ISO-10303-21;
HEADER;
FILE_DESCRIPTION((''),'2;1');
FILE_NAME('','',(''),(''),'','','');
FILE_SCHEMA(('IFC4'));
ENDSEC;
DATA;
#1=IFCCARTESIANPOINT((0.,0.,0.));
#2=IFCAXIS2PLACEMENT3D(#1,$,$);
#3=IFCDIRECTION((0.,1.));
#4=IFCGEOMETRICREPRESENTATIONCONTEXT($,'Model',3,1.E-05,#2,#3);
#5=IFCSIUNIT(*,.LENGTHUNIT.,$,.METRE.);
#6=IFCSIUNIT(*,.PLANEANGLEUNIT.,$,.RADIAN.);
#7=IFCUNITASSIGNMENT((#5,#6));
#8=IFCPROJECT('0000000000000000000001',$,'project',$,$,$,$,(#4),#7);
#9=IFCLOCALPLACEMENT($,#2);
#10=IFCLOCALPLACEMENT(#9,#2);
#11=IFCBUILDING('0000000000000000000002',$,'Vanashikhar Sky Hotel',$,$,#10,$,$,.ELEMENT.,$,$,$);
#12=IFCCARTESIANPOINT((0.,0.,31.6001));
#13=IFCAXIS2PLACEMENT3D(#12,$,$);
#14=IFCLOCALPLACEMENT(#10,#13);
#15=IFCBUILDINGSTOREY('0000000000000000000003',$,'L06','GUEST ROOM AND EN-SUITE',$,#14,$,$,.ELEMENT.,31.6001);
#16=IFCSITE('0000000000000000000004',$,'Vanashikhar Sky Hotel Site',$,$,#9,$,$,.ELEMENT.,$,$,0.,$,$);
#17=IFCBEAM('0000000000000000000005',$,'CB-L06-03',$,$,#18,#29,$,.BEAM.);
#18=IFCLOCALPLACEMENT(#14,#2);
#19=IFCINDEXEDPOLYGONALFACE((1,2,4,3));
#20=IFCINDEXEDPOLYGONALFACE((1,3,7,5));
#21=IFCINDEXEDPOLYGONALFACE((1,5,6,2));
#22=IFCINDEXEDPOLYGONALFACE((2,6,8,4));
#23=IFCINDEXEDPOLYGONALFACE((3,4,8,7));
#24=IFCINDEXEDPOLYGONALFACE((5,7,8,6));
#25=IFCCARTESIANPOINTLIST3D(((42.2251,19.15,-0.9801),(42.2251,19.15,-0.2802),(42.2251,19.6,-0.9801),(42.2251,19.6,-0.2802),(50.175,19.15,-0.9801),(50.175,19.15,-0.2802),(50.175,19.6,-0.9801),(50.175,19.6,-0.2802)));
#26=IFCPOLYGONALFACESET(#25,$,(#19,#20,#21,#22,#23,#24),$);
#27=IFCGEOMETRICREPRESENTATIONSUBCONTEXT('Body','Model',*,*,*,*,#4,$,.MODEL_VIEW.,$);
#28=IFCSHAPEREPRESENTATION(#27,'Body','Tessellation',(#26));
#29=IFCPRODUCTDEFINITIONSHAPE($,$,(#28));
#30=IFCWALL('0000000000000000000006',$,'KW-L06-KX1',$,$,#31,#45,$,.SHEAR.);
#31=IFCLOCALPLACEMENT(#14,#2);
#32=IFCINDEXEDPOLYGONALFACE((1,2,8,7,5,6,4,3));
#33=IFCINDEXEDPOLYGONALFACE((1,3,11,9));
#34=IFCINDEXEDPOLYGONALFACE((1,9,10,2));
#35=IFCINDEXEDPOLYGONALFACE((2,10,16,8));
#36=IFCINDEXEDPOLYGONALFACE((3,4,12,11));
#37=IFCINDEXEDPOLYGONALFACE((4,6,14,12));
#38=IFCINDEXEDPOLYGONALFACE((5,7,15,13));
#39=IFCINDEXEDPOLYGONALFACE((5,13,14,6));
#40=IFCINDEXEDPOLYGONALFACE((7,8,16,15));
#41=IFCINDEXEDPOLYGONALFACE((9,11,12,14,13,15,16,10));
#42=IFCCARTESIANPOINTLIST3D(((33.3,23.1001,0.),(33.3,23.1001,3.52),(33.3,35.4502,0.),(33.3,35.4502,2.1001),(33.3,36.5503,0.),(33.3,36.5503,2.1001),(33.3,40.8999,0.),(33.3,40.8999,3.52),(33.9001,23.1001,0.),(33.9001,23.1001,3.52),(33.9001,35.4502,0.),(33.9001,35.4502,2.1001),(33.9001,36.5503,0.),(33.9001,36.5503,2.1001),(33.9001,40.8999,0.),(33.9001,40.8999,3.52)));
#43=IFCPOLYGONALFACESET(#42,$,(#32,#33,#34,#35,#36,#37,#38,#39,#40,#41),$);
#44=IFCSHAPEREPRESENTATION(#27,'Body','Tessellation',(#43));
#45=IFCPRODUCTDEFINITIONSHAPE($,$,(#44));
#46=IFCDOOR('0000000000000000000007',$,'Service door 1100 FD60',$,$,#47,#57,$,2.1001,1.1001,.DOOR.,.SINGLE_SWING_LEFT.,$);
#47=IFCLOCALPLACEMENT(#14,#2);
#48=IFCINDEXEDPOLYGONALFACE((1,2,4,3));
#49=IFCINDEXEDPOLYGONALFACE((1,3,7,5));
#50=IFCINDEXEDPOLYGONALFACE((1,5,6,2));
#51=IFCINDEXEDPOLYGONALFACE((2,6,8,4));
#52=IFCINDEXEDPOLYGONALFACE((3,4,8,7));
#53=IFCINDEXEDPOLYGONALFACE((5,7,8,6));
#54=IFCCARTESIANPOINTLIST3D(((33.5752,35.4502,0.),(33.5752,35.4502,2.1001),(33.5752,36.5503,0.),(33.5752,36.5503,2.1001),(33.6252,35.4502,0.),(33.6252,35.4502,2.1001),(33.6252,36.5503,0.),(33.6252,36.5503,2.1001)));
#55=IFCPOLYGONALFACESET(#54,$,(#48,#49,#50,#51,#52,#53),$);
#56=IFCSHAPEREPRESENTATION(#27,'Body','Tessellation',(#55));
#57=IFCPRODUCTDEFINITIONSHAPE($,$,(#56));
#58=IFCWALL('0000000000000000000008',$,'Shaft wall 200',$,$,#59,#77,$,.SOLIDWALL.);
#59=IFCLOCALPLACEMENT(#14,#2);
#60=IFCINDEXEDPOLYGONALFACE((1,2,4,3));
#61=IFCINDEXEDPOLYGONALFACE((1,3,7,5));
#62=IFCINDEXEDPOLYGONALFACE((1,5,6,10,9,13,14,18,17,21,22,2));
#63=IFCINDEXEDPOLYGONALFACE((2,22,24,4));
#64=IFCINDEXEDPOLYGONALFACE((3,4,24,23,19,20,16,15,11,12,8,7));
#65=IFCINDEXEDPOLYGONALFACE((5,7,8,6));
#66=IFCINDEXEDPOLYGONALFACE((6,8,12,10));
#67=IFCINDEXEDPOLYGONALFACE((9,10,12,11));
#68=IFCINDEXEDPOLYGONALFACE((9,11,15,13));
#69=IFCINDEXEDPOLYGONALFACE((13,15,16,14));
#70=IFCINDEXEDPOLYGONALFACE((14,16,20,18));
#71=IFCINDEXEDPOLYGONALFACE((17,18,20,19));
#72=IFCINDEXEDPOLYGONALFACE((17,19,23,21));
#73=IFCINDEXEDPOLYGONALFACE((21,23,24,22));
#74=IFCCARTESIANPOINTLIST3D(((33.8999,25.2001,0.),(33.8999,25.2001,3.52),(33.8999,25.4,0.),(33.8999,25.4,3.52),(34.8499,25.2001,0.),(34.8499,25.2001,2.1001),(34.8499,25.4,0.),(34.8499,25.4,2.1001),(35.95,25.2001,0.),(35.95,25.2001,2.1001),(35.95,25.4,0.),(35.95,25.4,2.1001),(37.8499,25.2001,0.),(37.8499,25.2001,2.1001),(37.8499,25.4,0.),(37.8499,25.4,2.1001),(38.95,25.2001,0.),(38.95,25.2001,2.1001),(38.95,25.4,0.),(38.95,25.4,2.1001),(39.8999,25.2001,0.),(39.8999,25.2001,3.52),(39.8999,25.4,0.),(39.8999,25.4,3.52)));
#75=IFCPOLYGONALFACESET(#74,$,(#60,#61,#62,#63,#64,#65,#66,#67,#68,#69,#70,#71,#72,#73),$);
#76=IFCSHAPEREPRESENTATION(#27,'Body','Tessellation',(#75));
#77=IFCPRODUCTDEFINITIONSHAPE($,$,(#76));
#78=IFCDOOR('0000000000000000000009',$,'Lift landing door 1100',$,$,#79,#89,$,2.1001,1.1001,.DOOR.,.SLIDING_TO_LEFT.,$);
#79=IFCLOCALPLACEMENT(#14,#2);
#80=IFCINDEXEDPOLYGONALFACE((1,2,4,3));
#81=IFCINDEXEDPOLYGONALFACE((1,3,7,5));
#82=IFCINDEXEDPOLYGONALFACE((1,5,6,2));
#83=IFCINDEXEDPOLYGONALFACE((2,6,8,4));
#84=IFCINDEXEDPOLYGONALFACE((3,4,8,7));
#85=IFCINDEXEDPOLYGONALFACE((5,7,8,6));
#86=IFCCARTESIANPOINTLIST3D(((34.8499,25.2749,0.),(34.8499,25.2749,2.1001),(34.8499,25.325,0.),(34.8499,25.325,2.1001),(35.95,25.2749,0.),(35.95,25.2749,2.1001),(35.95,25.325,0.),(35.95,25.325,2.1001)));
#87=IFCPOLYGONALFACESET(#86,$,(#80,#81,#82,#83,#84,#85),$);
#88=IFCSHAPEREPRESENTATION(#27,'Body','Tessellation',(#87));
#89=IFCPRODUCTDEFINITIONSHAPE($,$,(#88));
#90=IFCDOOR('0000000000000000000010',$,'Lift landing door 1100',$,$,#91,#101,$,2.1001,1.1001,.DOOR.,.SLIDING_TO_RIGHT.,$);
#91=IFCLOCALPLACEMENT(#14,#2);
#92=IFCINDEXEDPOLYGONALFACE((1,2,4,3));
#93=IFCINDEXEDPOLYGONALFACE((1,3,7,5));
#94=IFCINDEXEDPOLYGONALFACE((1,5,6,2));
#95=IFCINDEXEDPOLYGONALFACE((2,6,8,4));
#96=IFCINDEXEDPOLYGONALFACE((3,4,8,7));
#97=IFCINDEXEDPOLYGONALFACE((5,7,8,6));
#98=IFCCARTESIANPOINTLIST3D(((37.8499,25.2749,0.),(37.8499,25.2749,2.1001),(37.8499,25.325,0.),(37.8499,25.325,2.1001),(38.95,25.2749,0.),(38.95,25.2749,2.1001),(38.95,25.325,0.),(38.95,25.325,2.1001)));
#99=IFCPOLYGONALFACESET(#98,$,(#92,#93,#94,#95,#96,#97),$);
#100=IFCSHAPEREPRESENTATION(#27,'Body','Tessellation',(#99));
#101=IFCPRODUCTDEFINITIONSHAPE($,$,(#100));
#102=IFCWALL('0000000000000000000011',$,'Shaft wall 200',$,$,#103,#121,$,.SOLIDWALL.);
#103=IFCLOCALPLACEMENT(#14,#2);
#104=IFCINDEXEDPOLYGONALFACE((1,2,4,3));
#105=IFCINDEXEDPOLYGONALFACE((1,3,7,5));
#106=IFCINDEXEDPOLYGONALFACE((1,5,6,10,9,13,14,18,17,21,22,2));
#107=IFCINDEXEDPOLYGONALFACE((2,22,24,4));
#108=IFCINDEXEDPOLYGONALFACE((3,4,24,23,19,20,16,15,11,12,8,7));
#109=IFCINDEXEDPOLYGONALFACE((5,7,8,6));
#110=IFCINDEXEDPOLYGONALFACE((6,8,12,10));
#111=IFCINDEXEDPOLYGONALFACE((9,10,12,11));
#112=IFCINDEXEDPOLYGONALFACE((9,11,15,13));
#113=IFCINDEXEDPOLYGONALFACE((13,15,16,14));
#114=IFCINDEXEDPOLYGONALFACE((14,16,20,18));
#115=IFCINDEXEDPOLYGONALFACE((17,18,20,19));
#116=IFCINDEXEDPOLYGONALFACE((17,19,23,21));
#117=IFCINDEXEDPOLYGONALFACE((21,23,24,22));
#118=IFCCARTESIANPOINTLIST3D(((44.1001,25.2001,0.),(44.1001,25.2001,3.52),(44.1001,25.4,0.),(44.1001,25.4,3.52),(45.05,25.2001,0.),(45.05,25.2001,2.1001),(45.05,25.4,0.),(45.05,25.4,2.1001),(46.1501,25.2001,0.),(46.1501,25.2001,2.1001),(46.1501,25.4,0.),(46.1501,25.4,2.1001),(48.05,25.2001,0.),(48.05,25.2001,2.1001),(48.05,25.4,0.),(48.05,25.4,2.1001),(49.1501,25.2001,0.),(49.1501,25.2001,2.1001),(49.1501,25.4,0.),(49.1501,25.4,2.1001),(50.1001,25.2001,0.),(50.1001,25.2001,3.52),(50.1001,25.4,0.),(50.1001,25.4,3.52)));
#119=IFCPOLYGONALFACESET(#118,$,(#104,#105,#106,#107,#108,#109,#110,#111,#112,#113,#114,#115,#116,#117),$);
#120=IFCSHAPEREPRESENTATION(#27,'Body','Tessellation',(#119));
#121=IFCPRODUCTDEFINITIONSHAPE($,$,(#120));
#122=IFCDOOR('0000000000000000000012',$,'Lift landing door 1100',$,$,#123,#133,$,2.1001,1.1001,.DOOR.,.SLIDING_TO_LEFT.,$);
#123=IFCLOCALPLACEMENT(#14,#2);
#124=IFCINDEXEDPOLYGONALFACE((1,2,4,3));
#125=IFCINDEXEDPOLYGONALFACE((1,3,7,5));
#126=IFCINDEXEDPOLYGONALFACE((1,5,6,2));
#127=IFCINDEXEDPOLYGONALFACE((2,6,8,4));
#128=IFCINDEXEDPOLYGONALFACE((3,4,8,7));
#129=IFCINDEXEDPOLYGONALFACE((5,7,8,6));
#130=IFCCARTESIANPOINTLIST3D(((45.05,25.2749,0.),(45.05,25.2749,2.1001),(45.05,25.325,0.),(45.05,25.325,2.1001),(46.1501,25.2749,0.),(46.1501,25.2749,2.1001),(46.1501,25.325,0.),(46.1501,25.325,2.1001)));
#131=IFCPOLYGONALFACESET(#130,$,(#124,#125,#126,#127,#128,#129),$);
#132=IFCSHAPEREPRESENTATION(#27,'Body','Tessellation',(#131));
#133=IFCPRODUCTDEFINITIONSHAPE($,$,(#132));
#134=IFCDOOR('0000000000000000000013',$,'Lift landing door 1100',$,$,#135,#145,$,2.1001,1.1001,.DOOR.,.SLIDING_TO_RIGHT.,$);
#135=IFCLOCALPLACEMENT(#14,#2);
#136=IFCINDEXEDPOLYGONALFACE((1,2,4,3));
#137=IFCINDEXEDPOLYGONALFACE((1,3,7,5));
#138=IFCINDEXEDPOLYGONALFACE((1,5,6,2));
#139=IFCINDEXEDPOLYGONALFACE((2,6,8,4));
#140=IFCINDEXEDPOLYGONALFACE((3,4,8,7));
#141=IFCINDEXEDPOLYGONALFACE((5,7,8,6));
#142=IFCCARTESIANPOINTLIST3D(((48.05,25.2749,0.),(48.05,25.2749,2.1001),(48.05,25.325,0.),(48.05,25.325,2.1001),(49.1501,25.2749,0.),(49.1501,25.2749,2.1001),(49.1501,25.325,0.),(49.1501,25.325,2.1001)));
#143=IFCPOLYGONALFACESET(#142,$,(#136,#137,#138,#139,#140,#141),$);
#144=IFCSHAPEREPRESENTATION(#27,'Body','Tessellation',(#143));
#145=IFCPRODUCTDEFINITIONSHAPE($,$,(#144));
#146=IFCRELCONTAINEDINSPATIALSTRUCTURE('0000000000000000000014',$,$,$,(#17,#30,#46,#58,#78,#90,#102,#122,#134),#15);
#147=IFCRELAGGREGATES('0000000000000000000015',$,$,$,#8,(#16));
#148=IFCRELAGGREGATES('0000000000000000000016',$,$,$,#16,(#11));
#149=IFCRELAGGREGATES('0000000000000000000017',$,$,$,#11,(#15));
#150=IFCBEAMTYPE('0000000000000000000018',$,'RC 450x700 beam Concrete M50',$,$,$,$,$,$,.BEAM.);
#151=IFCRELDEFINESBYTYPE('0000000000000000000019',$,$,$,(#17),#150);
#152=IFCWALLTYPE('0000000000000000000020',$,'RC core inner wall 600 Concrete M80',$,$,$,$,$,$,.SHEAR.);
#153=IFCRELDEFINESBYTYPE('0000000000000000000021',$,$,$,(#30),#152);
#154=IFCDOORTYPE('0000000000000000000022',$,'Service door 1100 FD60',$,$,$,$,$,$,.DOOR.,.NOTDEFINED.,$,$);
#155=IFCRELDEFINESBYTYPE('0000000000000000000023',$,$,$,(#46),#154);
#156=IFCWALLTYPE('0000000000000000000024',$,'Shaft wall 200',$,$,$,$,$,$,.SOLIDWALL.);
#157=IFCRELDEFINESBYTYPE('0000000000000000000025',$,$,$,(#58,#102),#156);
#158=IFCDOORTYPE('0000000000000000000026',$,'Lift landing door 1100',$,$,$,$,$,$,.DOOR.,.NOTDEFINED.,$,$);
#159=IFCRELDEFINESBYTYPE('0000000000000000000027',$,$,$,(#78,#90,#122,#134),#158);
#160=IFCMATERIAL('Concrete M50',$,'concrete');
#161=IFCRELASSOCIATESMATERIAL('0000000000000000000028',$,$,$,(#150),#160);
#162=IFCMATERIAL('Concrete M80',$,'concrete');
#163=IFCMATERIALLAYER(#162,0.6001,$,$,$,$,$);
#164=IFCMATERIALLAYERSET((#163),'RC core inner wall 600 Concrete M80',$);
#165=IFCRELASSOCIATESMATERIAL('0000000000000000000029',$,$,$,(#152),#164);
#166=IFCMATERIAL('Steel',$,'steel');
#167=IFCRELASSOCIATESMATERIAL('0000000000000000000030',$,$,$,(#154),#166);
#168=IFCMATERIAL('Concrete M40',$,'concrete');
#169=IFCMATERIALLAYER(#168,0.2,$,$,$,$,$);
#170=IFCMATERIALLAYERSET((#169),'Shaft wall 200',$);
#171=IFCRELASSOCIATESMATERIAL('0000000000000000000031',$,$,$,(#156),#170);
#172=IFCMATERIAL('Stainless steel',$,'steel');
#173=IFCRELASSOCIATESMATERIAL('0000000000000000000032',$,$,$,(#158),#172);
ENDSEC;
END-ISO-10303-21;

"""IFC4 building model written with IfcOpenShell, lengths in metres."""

from ifc_helpers import new_model, si_unit, direction, frame, frame_2d, origin, origin_2d, place, context, subcontext, project, spatial, rectangle, extrude, source, transform, mapped, material, layer, layer_set, material_profile, profile_set, type_object, element, fill, save


model = new_model("IFC4")

# Units and contexts
model_context = context("Model", 3, precision=1e-05, world=origin(), true_north=direction((0.0, 1.0)))
body_context = subcontext(model_context, "Body", "Model", "MODEL_VIEW")
ifc_project = project(units=[si_unit("LENGTHUNIT", "METRE"), si_unit("PLANEANGLEUNIT", "RADIAN")], contexts=[model_context])

# Site, building, storey
site_placement = place(None, origin())
site = spatial("IfcSite", under=ifc_project, at=site_placement, Name="Vanashikhar Sky Hotel Site", CompositionType="ELEMENT", RefElevation=0.0)
building_placement = place(site_placement, origin())
building = spatial("IfcBuilding", under=site, at=building_placement, Name="Vanashikhar Sky Hotel", CompositionType="ELEMENT")
storey_placement = place(building_placement, frame((0.0, 0.0, 31.6001)))
storey = spatial("IfcBuildingStorey", under=building, at=storey_placement, Name="L06", Description="GUEST ROOM AND EN-SUITE", CompositionType="ELEMENT", Elevation=31.6001)

# Beam
ifc_material_1 = material(Name="Concrete M50", Category="concrete")
ifc_material_profile = material_profile(ifc_material_1, rectangle(XDim=0.45, YDim=0.7, at=origin_2d()))
ifc_profile_set = profile_set([ifc_material_profile], Name="RC 450x700 beam Concrete M50")
beam_type = type_object("IfcBeamType", Name="RC 450x700 beam Concrete M50", PredefinedType="BEAM", material=ifc_profile_set)
shared_shape_1 = source(origin(), body_context, "Body", "SweptSolid", [
    extrude(rectangle(XDim=0.45, YDim=0.7, at=origin_2d()), origin(), (0.0, 0.0, 1.0), 7.95),
])
beam_placement = place(storey_placement, frame((42.2251, 19.375, -0.6301), z_axis=(1.0, 0.0, 0.0), x_axis=(0.0, 1.0, 0.0)))
element("IfcBeam", 1, at=beam_placement, inside=storey, type_object=beam_type, Name="CB-L06-03", PredefinedType="BEAM", context=body_context, shape_type="MappedRepresentation", body=[
    mapped(shared_shape_1, transform((0.0, 0.0, 0.0), scale=1.0)),
])

# Wall, opening, door
ifc_material_2 = material(Name="Concrete M80", Category="concrete")
ifc_layer_1 = layer(ifc_material_2, 0.6001)
ifc_layer_set_1 = layer_set([ifc_layer_1], Name="RC core inner wall 600 Concrete M80")
wall_type_1 = type_object("IfcWallType", Name="RC core inner wall 600 Concrete M80", PredefinedType="SHEAR", material=ifc_layer_set_1)
shared_shape_2 = source(origin(), body_context, "Body", "SweptSolid", [
    extrude(rectangle(XDim=17.7998, YDim=0.6001, at=frame_2d((8.8999, 0.0))), origin(), (0.0, 0.0, 1.0), 3.52),
])
wall_1_placement = place(storey_placement, frame((33.6001, 23.1001, 0.0), z_axis=(0.0, 0.0, 1.0), x_axis=(0.0, 1.0, 0.0)))
wall_1 = element("IfcWall", 2, at=wall_1_placement, inside=storey, type_object=wall_type_1, Name="KW-L06-KX1", PredefinedType="SHEAR", context=body_context, shape_type="MappedRepresentation", body=[
    mapped(shared_shape_2, transform((0.0, 0.0, 0.0), scale=1.0)),
])
shared_shape_3 = source(origin(), body_context, "Body", "SweptSolid", [
    extrude(rectangle(XDim=1.1001, YDim=2.1001, at=frame_2d((0.55, 1.05))), frame((0.0, 0.3101, 0.0), z_axis=(0.0, -1.0, 0.0), x_axis=(1.0, 0.0, 0.0)), (0.0, 0.0, 1.0), 0.6201),
])
opening_1_placement = place(wall_1_placement, frame((12.3501, 0.0, 0.0)))
opening_1 = element("IfcOpeningElement", 3, at=opening_1_placement, cuts=wall_1, PredefinedType="OPENING", context=body_context, shape_type="MappedRepresentation", body=[
    mapped(shared_shape_3, transform((0.0, 0.0, 0.0), scale=1.0)),
])
ifc_material_3 = material(Name="Steel", Category="steel")
door_type_1 = type_object("IfcDoorType", Name="Service door 1100 FD60", OperationType="NOTDEFINED", PredefinedType="DOOR", material=ifc_material_3)
shared_shape_4 = source(origin(), body_context, "Body", "SweptSolid", [
    extrude(rectangle(XDim=1.1001, YDim=2.1001, at=frame_2d((0.55, 1.05))), frame((0.0, 0.0249, 0.0), z_axis=(0.0, -1.0, 0.0), x_axis=(1.0, 0.0, 0.0)), (0.0, 0.0, 1.0), 0.05),
])
door_1_placement = place(opening_1_placement, origin())
door_1 = element("IfcDoor", 4, at=door_1_placement, inside=storey, type_object=door_type_1, Name="Service door 1100 FD60", OperationType="SINGLE_SWING_LEFT", OverallHeight=2.1001, OverallWidth=1.1001, PredefinedType="DOOR", context=body_context, shape_type="MappedRepresentation", body=[
    mapped(shared_shape_4, transform((0.0, 0.0, 0.0), scale=1.0)),
])
fill(opening_1, door_1)

# Walls, openings, doors
ifc_material_4 = material(Name="Concrete M40", Category="concrete")
ifc_layer_2 = layer(ifc_material_4, 0.2)
ifc_layer_set_2 = layer_set([ifc_layer_2], Name="Shaft wall 200")
wall_type_2 = type_object("IfcWallType", Name="Shaft wall 200", PredefinedType="SOLIDWALL", material=ifc_layer_set_2)
shared_shape_5 = source(origin(), body_context, "Body", "SweptSolid", [
    extrude(rectangle(XDim=6.0, YDim=0.2, at=frame_2d((3.0, 0.0))), origin(), (0.0, 0.0, 1.0), 3.52),
])
wall_2_placement = place(storey_placement, frame((33.8999, 25.3, 0.0), z_axis=(0.0, 0.0, 1.0), x_axis=(1.0, 0.0, 0.0)))
wall_2 = element("IfcWall", 5, at=wall_2_placement, inside=storey, type_object=wall_type_2, Name="Shaft wall 200", PredefinedType="SOLIDWALL", context=body_context, shape_type="MappedRepresentation", body=[
    mapped(shared_shape_5, transform((0.0, 0.0, 0.0), scale=1.0)),
])
shared_shape_6 = source(origin(), body_context, "Body", "SweptSolid", [
    extrude(rectangle(XDim=1.1001, YDim=2.1001, at=frame_2d((0.55, 1.05))), frame((0.0, 0.1099, 0.0), z_axis=(0.0, -1.0, 0.0), x_axis=(1.0, 0.0, 0.0)), (0.0, 0.0, 1.0), 0.22),
])
opening_2_placement = place(wall_2_placement, frame((0.95, 0.0, 0.0)))
opening_2 = element("IfcOpeningElement", 6, at=opening_2_placement, cuts=wall_2, PredefinedType="OPENING", context=body_context, shape_type="MappedRepresentation", body=[
    mapped(shared_shape_6, transform((0.0, 0.0, 0.0), scale=1.0)),
])
opening_3_placement = place(wall_2_placement, frame((3.95, 0.0, 0.0)))
opening_3 = element("IfcOpeningElement", 7, at=opening_3_placement, cuts=wall_2, PredefinedType="OPENING", context=body_context, shape_type="MappedRepresentation", body=[
    mapped(shared_shape_6, transform((0.0, 0.0, 0.0), scale=1.0)),
])
ifc_material_5 = material(Name="Stainless steel", Category="steel")
door_type_2 = type_object("IfcDoorType", Name="Lift landing door 1100", OperationType="NOTDEFINED", PredefinedType="DOOR", material=ifc_material_5)
door_2_placement = place(opening_2_placement, origin())
door_2 = element("IfcDoor", 8, at=door_2_placement, inside=storey, type_object=door_type_2, Name="Lift landing door 1100", OperationType="SLIDING_TO_LEFT", OverallHeight=2.1001, OverallWidth=1.1001, PredefinedType="DOOR", context=body_context, shape_type="MappedRepresentation", body=[
    mapped(shared_shape_4, transform((0.0, 0.0, 0.0), scale=1.0)),
])
fill(opening_2, door_2)
door_3_placement = place(opening_3_placement, origin())
door_3 = element("IfcDoor", 9, at=door_3_placement, inside=storey, type_object=door_type_2, Name="Lift landing door 1100", OperationType="SLIDING_TO_RIGHT", OverallHeight=2.1001, OverallWidth=1.1001, PredefinedType="DOOR", context=body_context, shape_type="MappedRepresentation", body=[
    mapped(shared_shape_4, transform((0.0, 0.0, 0.0), scale=1.0)),
])
fill(opening_3, door_3)
wall_3_placement = place(storey_placement, frame((44.1001, 25.3, 0.0), z_axis=(0.0, 0.0, 1.0), x_axis=(1.0, 0.0, 0.0)))
wall_3 = element("IfcWall", 10, at=wall_3_placement, inside=storey, type_object=wall_type_2, Name="Shaft wall 200", PredefinedType="SOLIDWALL", context=body_context, shape_type="MappedRepresentation", body=[
    mapped(shared_shape_5, transform((0.0, 0.0, 0.0), scale=1.0)),
])
opening_4_placement = place(wall_3_placement, frame((0.95, 0.0, 0.0)))
opening_4 = element("IfcOpeningElement", 11, at=opening_4_placement, cuts=wall_3, PredefinedType="OPENING", context=body_context, shape_type="MappedRepresentation", body=[
    mapped(shared_shape_6, transform((0.0, 0.0, 0.0), scale=1.0)),
])
opening_5_placement = place(wall_3_placement, frame((3.95, 0.0, 0.0)))
opening_5 = element("IfcOpeningElement", 12, at=opening_5_placement, cuts=wall_3, PredefinedType="OPENING", context=body_context, shape_type="MappedRepresentation", body=[
    mapped(shared_shape_6, transform((0.0, 0.0, 0.0), scale=1.0)),
])
door_4_placement = place(opening_4_placement, origin())
door_4 = element("IfcDoor", 13, at=door_4_placement, inside=storey, type_object=door_type_2, Name="Lift landing door 1100", OperationType="SLIDING_TO_LEFT", OverallHeight=2.1001, OverallWidth=1.1001, PredefinedType="DOOR", context=body_context, shape_type="MappedRepresentation", body=[
    mapped(shared_shape_4, transform((0.0, 0.0, 0.0), scale=1.0)),
])
fill(opening_4, door_4)
door_5_placement = place(opening_5_placement, origin())
door_5 = element("IfcDoor", 14, at=door_5_placement, inside=storey, type_object=door_type_2, Name="Lift landing door 1100", OperationType="SLIDING_TO_RIGHT", OverallHeight=2.1001, OverallWidth=1.1001, PredefinedType="DOOR", context=body_context, shape_type="MappedRepresentation", body=[
    mapped(shared_shape_4, transform((0.0, 0.0, 0.0), scale=1.0)),
])
fill(opening_5, door_5)

save(model, "model.ifc")
